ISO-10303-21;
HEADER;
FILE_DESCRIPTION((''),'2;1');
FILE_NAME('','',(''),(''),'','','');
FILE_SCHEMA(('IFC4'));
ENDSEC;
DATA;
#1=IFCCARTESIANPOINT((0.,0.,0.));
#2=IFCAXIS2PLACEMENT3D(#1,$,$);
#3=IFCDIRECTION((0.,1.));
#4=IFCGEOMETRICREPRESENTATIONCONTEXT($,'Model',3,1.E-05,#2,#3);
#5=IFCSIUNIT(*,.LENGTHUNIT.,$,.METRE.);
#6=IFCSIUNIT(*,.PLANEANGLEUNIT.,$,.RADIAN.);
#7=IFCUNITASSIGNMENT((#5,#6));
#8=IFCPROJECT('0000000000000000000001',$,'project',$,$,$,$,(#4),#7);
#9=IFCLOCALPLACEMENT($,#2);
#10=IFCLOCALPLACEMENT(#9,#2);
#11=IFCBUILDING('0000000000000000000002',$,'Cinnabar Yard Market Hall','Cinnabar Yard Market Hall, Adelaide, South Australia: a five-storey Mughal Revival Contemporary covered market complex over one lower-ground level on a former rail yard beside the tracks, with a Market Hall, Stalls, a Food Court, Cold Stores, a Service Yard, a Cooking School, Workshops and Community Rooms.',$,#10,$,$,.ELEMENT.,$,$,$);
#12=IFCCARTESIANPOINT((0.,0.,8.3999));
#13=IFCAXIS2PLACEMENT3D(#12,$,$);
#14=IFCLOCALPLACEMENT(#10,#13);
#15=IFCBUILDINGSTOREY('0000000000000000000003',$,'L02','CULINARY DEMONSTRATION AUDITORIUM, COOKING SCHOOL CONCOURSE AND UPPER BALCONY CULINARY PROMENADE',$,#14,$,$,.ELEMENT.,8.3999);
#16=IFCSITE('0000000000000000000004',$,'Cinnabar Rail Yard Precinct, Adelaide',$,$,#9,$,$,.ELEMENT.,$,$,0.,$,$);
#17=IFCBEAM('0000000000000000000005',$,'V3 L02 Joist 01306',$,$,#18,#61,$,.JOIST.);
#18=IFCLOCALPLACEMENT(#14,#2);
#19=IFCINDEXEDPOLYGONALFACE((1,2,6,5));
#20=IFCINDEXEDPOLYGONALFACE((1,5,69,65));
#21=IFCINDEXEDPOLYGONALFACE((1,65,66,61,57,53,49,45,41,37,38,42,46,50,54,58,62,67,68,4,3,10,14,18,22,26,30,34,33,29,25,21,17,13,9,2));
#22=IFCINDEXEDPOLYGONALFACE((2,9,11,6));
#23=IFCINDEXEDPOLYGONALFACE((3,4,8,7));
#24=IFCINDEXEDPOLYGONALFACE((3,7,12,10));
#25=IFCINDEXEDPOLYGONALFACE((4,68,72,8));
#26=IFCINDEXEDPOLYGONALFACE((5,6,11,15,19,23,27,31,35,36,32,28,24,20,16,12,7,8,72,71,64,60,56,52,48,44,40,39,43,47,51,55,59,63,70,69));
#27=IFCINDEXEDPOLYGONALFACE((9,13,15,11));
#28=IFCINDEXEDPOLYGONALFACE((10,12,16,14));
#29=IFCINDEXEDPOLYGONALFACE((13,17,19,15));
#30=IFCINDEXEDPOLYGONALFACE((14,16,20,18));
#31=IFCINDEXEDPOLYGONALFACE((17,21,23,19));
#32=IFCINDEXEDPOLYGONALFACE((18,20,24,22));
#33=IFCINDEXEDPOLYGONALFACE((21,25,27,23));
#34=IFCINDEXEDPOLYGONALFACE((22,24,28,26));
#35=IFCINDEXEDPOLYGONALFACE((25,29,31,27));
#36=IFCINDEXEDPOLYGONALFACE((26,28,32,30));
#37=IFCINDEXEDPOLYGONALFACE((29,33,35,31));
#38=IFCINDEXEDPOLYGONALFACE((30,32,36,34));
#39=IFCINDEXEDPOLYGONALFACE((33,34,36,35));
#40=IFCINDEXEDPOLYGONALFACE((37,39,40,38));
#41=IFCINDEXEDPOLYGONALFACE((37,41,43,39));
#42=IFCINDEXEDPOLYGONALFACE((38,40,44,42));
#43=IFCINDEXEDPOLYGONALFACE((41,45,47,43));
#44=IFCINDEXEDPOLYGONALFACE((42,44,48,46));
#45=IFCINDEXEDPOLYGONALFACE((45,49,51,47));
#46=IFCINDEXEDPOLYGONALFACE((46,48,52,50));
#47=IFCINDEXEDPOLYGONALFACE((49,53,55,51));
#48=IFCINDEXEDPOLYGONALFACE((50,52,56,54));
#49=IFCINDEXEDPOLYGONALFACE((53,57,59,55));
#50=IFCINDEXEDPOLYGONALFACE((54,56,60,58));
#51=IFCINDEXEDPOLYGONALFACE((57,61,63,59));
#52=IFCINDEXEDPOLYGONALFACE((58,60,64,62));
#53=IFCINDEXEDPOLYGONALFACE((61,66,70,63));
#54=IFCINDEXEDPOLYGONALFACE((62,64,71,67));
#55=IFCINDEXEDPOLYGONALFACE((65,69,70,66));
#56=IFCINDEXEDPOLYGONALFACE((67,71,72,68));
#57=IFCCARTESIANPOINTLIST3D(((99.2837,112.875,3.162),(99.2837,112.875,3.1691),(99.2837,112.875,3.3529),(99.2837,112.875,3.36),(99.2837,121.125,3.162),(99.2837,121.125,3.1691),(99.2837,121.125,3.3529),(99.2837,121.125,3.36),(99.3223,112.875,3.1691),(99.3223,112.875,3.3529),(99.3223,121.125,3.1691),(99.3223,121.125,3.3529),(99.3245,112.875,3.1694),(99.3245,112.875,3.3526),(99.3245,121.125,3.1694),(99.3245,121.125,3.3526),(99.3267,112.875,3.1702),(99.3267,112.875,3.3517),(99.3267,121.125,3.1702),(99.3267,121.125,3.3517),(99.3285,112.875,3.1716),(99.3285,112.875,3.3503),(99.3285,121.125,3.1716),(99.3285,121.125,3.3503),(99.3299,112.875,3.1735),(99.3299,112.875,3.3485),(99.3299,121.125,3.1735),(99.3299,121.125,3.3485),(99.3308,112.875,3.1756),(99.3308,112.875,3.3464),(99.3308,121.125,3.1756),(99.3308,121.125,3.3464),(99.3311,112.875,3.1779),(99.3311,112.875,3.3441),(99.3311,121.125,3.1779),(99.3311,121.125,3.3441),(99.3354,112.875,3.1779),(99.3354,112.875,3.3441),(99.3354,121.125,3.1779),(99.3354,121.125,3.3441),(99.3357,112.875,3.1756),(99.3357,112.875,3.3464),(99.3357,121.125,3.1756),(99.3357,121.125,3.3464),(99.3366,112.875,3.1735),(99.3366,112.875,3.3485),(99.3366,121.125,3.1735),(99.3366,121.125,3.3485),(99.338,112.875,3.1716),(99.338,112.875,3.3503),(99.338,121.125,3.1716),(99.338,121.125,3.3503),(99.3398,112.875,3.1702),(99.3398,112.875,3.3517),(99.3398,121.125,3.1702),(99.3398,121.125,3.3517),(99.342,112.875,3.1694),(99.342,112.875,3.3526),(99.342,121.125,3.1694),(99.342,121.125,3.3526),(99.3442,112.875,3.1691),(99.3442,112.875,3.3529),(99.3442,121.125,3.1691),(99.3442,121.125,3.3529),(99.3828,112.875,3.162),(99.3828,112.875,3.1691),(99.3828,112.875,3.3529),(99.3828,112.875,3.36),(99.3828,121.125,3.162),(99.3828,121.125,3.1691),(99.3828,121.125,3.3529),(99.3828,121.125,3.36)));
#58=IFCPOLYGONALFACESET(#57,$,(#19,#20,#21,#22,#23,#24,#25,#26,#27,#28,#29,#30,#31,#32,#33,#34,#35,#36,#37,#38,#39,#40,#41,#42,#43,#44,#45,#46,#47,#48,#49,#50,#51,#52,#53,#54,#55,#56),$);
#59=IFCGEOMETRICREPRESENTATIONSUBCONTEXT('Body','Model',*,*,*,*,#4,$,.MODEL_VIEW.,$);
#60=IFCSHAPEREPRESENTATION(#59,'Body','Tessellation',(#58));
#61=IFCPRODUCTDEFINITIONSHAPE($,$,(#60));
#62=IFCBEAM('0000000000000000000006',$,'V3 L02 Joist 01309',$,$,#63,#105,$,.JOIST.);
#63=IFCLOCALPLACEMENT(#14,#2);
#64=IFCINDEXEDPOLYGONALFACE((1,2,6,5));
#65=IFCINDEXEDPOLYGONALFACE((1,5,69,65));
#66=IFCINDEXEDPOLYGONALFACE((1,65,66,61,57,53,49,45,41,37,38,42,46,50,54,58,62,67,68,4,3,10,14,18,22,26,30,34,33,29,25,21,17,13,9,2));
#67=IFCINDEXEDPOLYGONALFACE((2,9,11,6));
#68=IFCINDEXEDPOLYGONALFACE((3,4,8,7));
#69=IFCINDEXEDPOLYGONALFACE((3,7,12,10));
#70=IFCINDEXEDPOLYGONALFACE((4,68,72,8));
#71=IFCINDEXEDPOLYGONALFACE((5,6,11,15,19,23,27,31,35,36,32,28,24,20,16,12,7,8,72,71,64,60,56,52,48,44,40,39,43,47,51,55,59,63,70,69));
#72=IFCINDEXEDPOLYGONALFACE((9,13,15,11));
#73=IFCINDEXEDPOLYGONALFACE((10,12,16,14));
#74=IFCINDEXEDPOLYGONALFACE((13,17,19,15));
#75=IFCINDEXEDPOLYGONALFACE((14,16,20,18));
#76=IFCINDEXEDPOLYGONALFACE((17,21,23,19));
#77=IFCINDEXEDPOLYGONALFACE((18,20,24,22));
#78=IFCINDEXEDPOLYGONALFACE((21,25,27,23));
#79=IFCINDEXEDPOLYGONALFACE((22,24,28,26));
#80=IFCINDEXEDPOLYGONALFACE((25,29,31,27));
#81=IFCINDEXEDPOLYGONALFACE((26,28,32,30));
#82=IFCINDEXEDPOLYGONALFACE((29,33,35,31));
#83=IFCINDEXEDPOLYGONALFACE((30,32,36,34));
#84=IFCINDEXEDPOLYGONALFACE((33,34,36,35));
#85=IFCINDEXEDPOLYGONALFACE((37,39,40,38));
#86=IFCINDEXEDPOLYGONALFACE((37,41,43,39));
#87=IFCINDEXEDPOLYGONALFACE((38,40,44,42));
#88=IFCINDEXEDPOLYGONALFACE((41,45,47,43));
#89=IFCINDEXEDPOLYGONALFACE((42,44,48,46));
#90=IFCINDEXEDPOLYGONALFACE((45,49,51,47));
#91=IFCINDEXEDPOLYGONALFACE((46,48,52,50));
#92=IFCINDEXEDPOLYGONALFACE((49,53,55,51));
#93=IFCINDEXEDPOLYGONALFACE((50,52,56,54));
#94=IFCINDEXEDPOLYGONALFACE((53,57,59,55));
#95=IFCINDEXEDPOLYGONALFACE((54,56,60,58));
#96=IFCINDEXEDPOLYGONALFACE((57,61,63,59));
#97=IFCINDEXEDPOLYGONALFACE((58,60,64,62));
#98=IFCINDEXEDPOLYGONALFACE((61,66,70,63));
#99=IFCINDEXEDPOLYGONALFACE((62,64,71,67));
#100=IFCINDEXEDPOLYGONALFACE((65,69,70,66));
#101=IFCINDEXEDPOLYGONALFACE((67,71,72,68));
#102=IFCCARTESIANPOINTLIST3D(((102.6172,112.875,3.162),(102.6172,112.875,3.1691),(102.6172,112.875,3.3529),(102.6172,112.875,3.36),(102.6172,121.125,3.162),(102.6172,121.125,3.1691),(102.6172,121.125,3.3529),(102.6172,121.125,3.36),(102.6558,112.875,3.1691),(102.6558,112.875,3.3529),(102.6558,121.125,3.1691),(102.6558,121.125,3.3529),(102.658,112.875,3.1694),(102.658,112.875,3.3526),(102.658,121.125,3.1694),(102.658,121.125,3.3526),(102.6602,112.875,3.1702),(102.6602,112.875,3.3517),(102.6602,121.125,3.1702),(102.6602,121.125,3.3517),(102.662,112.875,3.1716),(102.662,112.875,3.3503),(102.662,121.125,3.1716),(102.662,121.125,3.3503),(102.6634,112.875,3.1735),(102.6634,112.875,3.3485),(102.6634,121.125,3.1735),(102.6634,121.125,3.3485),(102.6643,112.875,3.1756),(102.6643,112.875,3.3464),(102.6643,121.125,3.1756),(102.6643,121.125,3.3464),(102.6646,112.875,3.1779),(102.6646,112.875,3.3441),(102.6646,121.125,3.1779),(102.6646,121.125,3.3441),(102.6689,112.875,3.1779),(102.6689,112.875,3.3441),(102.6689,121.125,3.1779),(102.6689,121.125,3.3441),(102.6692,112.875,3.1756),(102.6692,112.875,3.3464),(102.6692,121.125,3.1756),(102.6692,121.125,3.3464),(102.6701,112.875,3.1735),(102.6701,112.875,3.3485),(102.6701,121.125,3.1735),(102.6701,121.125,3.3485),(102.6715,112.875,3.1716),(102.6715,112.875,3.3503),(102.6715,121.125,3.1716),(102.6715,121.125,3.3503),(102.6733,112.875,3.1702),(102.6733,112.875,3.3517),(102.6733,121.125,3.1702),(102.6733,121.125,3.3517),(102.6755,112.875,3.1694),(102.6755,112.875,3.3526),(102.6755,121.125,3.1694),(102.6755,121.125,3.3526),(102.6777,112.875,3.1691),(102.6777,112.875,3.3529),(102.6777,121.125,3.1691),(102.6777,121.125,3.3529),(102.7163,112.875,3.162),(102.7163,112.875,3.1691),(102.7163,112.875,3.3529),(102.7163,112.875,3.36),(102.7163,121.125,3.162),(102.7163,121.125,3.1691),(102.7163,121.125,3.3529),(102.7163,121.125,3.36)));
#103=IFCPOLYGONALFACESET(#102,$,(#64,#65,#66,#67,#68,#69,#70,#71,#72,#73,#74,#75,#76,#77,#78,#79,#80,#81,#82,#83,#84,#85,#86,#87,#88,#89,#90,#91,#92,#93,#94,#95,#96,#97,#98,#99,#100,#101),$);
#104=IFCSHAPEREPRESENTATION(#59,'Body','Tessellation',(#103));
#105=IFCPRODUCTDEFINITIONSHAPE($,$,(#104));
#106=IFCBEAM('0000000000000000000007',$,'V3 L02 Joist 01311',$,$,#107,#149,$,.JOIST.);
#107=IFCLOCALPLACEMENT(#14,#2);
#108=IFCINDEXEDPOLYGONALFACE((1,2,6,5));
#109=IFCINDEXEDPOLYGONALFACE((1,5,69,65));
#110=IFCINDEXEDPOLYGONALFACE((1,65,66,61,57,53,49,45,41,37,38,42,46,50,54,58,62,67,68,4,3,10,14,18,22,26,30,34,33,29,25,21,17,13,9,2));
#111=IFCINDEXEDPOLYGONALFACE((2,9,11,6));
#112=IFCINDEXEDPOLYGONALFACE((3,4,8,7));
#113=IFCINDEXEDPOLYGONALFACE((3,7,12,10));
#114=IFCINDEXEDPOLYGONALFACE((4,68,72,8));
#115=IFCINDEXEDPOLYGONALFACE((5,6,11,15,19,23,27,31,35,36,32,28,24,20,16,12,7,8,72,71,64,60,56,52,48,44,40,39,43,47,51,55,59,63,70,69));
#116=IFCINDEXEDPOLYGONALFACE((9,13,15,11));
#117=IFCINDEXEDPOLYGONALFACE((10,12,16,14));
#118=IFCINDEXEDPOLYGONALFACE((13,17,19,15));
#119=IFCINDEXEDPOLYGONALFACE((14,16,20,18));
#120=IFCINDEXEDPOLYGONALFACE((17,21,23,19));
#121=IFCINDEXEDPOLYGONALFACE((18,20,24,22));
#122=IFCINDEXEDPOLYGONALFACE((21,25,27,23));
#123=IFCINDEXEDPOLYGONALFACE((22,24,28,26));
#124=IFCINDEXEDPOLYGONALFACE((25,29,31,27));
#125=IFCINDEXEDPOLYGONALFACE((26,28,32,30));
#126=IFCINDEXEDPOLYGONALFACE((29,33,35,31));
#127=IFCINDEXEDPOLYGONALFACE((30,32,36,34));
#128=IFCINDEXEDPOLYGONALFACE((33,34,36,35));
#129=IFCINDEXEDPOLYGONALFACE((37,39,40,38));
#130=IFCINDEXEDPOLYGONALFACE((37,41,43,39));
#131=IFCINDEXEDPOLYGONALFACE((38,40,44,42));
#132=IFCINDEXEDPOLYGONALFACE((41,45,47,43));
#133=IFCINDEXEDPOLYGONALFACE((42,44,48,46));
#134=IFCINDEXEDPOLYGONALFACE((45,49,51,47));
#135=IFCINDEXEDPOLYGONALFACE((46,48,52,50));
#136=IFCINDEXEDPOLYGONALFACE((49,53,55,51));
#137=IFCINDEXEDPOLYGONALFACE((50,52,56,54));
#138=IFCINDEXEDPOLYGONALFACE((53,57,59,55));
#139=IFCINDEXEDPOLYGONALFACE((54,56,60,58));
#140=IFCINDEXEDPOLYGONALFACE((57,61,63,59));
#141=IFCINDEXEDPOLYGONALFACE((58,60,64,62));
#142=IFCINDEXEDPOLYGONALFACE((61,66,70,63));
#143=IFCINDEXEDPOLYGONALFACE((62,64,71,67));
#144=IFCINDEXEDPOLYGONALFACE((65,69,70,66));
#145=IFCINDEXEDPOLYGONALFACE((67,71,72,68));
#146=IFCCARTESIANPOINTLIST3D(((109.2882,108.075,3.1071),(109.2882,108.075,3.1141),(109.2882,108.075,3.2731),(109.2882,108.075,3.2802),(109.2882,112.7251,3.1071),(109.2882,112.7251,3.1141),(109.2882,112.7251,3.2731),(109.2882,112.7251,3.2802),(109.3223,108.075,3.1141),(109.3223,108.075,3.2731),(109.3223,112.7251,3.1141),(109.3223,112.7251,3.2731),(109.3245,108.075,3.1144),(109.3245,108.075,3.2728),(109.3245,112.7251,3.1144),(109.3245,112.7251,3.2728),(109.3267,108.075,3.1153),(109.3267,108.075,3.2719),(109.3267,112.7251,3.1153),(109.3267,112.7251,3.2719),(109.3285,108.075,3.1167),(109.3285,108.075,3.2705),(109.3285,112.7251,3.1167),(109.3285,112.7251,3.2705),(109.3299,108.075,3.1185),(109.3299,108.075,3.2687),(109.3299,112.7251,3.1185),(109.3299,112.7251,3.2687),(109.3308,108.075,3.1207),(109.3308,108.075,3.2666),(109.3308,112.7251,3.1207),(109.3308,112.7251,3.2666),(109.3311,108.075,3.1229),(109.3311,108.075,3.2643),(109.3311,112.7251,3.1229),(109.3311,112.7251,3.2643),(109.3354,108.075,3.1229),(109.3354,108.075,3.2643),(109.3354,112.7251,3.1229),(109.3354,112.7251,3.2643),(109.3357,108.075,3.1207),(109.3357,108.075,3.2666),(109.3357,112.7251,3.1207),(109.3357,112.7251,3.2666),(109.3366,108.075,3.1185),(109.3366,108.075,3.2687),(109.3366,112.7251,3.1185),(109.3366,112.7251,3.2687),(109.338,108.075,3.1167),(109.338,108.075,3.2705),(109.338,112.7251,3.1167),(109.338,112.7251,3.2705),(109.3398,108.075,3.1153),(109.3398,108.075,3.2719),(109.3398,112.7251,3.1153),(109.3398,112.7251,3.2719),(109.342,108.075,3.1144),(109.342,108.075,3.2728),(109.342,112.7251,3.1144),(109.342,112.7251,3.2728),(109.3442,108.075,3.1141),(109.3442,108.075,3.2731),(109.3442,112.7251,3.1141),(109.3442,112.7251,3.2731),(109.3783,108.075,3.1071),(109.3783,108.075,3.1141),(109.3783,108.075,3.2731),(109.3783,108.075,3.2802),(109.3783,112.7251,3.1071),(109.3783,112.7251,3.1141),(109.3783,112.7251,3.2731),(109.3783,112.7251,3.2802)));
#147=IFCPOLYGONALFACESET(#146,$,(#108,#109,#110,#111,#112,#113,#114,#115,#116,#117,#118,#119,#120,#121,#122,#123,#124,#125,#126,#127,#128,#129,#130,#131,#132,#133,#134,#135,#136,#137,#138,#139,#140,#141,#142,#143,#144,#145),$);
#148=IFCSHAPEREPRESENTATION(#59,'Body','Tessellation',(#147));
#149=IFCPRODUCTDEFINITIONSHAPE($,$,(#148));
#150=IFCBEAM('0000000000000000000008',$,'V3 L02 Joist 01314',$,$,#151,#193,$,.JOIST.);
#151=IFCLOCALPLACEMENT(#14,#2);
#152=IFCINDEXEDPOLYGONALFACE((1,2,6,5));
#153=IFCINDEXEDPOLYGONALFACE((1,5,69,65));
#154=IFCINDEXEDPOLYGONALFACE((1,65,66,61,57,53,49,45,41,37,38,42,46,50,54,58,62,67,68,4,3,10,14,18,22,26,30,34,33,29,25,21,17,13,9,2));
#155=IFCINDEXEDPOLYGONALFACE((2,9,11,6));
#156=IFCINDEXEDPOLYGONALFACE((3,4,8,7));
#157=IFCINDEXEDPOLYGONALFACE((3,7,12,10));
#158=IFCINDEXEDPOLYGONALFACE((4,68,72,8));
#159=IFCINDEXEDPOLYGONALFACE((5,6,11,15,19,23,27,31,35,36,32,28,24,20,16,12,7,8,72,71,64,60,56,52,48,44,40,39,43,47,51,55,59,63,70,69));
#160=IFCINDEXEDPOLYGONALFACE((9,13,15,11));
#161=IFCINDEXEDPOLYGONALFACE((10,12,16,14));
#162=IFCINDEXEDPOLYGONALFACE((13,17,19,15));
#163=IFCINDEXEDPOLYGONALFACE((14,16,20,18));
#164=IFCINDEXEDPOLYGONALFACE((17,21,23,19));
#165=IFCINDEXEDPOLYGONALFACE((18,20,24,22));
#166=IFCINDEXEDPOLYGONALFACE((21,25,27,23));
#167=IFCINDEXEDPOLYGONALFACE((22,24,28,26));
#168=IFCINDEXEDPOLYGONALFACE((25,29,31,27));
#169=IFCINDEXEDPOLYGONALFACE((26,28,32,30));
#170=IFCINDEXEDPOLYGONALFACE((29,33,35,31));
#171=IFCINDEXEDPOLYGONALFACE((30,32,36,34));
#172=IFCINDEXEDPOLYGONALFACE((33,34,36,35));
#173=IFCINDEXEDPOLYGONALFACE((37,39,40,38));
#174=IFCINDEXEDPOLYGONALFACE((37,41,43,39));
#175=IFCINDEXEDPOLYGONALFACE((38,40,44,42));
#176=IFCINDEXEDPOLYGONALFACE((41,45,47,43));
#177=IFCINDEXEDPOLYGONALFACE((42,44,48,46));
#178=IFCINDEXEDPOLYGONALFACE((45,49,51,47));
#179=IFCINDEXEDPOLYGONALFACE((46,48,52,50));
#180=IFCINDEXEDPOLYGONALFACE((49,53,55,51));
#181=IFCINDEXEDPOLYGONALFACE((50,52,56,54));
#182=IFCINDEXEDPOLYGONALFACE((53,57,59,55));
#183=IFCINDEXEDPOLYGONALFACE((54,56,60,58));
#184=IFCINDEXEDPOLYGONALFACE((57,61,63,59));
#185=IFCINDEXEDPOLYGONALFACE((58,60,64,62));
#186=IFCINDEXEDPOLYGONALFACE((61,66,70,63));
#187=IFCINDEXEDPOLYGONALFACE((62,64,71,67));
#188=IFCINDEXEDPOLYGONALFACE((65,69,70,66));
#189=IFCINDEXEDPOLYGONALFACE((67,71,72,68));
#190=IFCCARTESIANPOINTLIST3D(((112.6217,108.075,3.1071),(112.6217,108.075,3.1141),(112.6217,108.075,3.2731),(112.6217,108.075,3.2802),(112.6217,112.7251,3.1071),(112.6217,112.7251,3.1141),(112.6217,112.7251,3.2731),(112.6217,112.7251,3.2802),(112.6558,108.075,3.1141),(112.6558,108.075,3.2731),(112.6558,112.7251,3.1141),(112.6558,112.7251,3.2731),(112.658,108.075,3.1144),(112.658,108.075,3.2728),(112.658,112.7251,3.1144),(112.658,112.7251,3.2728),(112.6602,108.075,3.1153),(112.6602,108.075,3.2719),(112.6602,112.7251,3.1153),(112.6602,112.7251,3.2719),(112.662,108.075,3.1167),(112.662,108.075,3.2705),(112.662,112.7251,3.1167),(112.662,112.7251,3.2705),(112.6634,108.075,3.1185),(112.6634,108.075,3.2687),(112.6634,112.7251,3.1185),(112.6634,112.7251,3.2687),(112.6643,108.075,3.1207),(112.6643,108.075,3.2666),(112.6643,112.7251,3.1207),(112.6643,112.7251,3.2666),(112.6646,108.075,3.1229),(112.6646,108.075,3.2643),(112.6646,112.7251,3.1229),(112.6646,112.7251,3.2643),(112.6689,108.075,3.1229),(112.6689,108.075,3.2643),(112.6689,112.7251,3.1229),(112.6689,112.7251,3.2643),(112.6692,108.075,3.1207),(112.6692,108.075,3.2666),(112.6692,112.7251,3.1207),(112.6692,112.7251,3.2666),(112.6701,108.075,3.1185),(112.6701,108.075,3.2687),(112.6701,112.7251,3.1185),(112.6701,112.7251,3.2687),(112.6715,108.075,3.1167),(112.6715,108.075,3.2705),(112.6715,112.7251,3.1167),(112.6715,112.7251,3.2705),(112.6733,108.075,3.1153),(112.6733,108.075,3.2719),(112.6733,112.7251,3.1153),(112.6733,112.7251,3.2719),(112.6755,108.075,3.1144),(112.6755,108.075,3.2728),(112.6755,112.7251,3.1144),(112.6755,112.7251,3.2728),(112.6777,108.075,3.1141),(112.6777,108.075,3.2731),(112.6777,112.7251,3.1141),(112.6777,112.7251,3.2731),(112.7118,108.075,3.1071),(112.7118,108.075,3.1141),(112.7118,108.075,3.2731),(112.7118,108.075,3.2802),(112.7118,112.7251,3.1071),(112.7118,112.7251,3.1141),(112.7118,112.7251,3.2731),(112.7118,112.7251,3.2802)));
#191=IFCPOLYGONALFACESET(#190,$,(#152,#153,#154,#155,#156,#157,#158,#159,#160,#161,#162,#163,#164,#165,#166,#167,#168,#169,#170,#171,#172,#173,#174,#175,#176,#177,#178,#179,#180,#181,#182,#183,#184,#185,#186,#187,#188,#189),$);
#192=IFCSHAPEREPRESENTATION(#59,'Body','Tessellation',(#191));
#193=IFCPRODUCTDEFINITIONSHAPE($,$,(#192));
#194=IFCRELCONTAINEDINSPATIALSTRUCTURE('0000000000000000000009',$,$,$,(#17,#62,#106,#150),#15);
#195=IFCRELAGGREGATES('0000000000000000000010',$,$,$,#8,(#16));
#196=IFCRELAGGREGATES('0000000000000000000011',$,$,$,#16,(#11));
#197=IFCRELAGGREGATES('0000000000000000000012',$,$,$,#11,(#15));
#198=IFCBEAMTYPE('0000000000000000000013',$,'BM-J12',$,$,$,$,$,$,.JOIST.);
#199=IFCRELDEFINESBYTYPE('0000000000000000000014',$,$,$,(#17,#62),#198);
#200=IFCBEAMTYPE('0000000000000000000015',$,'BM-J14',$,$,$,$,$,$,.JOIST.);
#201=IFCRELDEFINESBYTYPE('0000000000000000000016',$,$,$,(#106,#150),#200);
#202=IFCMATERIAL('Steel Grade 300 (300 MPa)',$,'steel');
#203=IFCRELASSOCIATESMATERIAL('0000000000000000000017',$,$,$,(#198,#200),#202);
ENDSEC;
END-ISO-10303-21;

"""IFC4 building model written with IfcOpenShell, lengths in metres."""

from ifc_helpers import new_model, si_unit, direction, frame, origin, origin_2d_with_axis, place, context, subcontext, project, spatial, i_section, extrude, material, material_profile, profile_set, type_object, element, save


model = new_model("IFC4")

# Units and contexts
model_context = context("Model", 3, precision=1e-05, world=origin(), true_north=direction((0.0, 1.0)))
body_context = subcontext(model_context, "Body", "Model", "MODEL_VIEW")
ifc_project = project(units=[si_unit("LENGTHUNIT", "METRE"), si_unit("PLANEANGLEUNIT", "RADIAN")], contexts=[model_context])

# Site, building, storey
site_placement = place(None, origin())
site = spatial("IfcSite", under=ifc_project, at=site_placement, Name="Cinnabar Rail Yard Precinct, Adelaide", CompositionType="ELEMENT", RefElevation=0.0)
building_placement = place(site_placement, origin())
building = spatial("IfcBuilding", under=site, at=building_placement, Name="Cinnabar Yard Market Hall", Description="Cinnabar Yard Market Hall, Adelaide, South Australia: a five-storey Mughal Revival Contemporary covered market complex over one lower-ground level on a former rail yard beside the tracks, with a Market Hall, Stalls, a Food Court, Cold Stores, a Service Yard, a Cooking School, Workshops and Community Rooms.", CompositionType="ELEMENT")
storey_placement = place(building_placement, frame((0.0, 0.0, 8.3999)))
storey = spatial("IfcBuildingStorey", under=building, at=storey_placement, Name="L02", Description="CULINARY DEMONSTRATION AUDITORIUM, COOKING SCHOOL CONCOURSE AND UPPER BALCONY CULINARY PROMENADE", CompositionType="ELEMENT", Elevation=8.3999)

# Shared definitions
ifc_material_1 = material(Name="Steel Grade 300 (300 MPa)", Category="steel")

# Beams
ifc_material_profile_1 = material_profile(ifc_material_1, i_section(OverallWidth=0.0991, OverallDepth=0.198, WebThickness=0.0044, FlangeThickness=0.0071, FilletRadius=0.0088, at=origin_2d_with_axis()), Name="200UB18.2")
ifc_profile_set_1 = profile_set([ifc_material_profile_1], Name="Steel Grade 300 (300 MPa)")
beam_type_1 = type_object("IfcBeamType", Name="BM-J12", PredefinedType="JOIST", material=ifc_profile_set_1)
for number, where, z_axis, x_axis, name in (
    (1, (99.3333, 112.875, 3.261), (0.0, 1.0, 0.0), (-1.0, 0.0, 0.0), "V3 L02 Joist 01306"),
    (2, (102.6667, 112.875, 3.261), (0.0, 1.0, 0.0), (-1.0, 0.0, 0.0), "V3 L02 Joist 01309"),
):
    element("IfcBeam", number, at=place(storey_placement, frame(where, z_axis=z_axis, x_axis=x_axis)), inside=storey, type_object=beam_type_1, Name=name, PredefinedType="JOIST", context=body_context, shape_type="SweptSolid", body=[
        extrude(i_section(OverallWidth=0.0991, OverallDepth=0.198, WebThickness=0.0044, FlangeThickness=0.0071, FilletRadius=0.0088, at=origin_2d_with_axis()), origin(), (0.0, 0.0, 1.0), 8.25),
    ])
ifc_material_profile_2 = material_profile(ifc_material_1, i_section(OverallWidth=0.0901, OverallDepth=0.1731, WebThickness=0.0044, FlangeThickness=0.0071, FilletRadius=0.0088, at=origin_2d_with_axis()), Name="180UB16.1")
ifc_profile_set_2 = profile_set([ifc_material_profile_2], Name="Steel Grade 300 (300 MPa)")
beam_type_2 = type_object("IfcBeamType", Name="BM-J14", PredefinedType="JOIST", material=ifc_profile_set_2)
for number, where, z_axis, x_axis, name in (
    (3, (109.3333, 108.075, 3.1936), (0.0, 1.0, 0.0), (-1.0, 0.0, 0.0), "V3 L02 Joist 01311"),
    (4, (112.6667, 108.075, 3.1936), (0.0, 1.0, 0.0), (-1.0, 0.0, 0.0), "V3 L02 Joist 01314"),
):
    element("IfcBeam", number, at=place(storey_placement, frame(where, z_axis=z_axis, x_axis=x_axis)), inside=storey, type_object=beam_type_2, Name=name, PredefinedType="JOIST", context=body_context, shape_type="SweptSolid", body=[
        extrude(i_section(OverallWidth=0.0901, OverallDepth=0.1731, WebThickness=0.0044, FlangeThickness=0.0071, FilletRadius=0.0088, at=origin_2d_with_axis()), origin(), (0.0, 0.0, 1.0), 4.6501),
    ])

save(model, "model.ifc")
